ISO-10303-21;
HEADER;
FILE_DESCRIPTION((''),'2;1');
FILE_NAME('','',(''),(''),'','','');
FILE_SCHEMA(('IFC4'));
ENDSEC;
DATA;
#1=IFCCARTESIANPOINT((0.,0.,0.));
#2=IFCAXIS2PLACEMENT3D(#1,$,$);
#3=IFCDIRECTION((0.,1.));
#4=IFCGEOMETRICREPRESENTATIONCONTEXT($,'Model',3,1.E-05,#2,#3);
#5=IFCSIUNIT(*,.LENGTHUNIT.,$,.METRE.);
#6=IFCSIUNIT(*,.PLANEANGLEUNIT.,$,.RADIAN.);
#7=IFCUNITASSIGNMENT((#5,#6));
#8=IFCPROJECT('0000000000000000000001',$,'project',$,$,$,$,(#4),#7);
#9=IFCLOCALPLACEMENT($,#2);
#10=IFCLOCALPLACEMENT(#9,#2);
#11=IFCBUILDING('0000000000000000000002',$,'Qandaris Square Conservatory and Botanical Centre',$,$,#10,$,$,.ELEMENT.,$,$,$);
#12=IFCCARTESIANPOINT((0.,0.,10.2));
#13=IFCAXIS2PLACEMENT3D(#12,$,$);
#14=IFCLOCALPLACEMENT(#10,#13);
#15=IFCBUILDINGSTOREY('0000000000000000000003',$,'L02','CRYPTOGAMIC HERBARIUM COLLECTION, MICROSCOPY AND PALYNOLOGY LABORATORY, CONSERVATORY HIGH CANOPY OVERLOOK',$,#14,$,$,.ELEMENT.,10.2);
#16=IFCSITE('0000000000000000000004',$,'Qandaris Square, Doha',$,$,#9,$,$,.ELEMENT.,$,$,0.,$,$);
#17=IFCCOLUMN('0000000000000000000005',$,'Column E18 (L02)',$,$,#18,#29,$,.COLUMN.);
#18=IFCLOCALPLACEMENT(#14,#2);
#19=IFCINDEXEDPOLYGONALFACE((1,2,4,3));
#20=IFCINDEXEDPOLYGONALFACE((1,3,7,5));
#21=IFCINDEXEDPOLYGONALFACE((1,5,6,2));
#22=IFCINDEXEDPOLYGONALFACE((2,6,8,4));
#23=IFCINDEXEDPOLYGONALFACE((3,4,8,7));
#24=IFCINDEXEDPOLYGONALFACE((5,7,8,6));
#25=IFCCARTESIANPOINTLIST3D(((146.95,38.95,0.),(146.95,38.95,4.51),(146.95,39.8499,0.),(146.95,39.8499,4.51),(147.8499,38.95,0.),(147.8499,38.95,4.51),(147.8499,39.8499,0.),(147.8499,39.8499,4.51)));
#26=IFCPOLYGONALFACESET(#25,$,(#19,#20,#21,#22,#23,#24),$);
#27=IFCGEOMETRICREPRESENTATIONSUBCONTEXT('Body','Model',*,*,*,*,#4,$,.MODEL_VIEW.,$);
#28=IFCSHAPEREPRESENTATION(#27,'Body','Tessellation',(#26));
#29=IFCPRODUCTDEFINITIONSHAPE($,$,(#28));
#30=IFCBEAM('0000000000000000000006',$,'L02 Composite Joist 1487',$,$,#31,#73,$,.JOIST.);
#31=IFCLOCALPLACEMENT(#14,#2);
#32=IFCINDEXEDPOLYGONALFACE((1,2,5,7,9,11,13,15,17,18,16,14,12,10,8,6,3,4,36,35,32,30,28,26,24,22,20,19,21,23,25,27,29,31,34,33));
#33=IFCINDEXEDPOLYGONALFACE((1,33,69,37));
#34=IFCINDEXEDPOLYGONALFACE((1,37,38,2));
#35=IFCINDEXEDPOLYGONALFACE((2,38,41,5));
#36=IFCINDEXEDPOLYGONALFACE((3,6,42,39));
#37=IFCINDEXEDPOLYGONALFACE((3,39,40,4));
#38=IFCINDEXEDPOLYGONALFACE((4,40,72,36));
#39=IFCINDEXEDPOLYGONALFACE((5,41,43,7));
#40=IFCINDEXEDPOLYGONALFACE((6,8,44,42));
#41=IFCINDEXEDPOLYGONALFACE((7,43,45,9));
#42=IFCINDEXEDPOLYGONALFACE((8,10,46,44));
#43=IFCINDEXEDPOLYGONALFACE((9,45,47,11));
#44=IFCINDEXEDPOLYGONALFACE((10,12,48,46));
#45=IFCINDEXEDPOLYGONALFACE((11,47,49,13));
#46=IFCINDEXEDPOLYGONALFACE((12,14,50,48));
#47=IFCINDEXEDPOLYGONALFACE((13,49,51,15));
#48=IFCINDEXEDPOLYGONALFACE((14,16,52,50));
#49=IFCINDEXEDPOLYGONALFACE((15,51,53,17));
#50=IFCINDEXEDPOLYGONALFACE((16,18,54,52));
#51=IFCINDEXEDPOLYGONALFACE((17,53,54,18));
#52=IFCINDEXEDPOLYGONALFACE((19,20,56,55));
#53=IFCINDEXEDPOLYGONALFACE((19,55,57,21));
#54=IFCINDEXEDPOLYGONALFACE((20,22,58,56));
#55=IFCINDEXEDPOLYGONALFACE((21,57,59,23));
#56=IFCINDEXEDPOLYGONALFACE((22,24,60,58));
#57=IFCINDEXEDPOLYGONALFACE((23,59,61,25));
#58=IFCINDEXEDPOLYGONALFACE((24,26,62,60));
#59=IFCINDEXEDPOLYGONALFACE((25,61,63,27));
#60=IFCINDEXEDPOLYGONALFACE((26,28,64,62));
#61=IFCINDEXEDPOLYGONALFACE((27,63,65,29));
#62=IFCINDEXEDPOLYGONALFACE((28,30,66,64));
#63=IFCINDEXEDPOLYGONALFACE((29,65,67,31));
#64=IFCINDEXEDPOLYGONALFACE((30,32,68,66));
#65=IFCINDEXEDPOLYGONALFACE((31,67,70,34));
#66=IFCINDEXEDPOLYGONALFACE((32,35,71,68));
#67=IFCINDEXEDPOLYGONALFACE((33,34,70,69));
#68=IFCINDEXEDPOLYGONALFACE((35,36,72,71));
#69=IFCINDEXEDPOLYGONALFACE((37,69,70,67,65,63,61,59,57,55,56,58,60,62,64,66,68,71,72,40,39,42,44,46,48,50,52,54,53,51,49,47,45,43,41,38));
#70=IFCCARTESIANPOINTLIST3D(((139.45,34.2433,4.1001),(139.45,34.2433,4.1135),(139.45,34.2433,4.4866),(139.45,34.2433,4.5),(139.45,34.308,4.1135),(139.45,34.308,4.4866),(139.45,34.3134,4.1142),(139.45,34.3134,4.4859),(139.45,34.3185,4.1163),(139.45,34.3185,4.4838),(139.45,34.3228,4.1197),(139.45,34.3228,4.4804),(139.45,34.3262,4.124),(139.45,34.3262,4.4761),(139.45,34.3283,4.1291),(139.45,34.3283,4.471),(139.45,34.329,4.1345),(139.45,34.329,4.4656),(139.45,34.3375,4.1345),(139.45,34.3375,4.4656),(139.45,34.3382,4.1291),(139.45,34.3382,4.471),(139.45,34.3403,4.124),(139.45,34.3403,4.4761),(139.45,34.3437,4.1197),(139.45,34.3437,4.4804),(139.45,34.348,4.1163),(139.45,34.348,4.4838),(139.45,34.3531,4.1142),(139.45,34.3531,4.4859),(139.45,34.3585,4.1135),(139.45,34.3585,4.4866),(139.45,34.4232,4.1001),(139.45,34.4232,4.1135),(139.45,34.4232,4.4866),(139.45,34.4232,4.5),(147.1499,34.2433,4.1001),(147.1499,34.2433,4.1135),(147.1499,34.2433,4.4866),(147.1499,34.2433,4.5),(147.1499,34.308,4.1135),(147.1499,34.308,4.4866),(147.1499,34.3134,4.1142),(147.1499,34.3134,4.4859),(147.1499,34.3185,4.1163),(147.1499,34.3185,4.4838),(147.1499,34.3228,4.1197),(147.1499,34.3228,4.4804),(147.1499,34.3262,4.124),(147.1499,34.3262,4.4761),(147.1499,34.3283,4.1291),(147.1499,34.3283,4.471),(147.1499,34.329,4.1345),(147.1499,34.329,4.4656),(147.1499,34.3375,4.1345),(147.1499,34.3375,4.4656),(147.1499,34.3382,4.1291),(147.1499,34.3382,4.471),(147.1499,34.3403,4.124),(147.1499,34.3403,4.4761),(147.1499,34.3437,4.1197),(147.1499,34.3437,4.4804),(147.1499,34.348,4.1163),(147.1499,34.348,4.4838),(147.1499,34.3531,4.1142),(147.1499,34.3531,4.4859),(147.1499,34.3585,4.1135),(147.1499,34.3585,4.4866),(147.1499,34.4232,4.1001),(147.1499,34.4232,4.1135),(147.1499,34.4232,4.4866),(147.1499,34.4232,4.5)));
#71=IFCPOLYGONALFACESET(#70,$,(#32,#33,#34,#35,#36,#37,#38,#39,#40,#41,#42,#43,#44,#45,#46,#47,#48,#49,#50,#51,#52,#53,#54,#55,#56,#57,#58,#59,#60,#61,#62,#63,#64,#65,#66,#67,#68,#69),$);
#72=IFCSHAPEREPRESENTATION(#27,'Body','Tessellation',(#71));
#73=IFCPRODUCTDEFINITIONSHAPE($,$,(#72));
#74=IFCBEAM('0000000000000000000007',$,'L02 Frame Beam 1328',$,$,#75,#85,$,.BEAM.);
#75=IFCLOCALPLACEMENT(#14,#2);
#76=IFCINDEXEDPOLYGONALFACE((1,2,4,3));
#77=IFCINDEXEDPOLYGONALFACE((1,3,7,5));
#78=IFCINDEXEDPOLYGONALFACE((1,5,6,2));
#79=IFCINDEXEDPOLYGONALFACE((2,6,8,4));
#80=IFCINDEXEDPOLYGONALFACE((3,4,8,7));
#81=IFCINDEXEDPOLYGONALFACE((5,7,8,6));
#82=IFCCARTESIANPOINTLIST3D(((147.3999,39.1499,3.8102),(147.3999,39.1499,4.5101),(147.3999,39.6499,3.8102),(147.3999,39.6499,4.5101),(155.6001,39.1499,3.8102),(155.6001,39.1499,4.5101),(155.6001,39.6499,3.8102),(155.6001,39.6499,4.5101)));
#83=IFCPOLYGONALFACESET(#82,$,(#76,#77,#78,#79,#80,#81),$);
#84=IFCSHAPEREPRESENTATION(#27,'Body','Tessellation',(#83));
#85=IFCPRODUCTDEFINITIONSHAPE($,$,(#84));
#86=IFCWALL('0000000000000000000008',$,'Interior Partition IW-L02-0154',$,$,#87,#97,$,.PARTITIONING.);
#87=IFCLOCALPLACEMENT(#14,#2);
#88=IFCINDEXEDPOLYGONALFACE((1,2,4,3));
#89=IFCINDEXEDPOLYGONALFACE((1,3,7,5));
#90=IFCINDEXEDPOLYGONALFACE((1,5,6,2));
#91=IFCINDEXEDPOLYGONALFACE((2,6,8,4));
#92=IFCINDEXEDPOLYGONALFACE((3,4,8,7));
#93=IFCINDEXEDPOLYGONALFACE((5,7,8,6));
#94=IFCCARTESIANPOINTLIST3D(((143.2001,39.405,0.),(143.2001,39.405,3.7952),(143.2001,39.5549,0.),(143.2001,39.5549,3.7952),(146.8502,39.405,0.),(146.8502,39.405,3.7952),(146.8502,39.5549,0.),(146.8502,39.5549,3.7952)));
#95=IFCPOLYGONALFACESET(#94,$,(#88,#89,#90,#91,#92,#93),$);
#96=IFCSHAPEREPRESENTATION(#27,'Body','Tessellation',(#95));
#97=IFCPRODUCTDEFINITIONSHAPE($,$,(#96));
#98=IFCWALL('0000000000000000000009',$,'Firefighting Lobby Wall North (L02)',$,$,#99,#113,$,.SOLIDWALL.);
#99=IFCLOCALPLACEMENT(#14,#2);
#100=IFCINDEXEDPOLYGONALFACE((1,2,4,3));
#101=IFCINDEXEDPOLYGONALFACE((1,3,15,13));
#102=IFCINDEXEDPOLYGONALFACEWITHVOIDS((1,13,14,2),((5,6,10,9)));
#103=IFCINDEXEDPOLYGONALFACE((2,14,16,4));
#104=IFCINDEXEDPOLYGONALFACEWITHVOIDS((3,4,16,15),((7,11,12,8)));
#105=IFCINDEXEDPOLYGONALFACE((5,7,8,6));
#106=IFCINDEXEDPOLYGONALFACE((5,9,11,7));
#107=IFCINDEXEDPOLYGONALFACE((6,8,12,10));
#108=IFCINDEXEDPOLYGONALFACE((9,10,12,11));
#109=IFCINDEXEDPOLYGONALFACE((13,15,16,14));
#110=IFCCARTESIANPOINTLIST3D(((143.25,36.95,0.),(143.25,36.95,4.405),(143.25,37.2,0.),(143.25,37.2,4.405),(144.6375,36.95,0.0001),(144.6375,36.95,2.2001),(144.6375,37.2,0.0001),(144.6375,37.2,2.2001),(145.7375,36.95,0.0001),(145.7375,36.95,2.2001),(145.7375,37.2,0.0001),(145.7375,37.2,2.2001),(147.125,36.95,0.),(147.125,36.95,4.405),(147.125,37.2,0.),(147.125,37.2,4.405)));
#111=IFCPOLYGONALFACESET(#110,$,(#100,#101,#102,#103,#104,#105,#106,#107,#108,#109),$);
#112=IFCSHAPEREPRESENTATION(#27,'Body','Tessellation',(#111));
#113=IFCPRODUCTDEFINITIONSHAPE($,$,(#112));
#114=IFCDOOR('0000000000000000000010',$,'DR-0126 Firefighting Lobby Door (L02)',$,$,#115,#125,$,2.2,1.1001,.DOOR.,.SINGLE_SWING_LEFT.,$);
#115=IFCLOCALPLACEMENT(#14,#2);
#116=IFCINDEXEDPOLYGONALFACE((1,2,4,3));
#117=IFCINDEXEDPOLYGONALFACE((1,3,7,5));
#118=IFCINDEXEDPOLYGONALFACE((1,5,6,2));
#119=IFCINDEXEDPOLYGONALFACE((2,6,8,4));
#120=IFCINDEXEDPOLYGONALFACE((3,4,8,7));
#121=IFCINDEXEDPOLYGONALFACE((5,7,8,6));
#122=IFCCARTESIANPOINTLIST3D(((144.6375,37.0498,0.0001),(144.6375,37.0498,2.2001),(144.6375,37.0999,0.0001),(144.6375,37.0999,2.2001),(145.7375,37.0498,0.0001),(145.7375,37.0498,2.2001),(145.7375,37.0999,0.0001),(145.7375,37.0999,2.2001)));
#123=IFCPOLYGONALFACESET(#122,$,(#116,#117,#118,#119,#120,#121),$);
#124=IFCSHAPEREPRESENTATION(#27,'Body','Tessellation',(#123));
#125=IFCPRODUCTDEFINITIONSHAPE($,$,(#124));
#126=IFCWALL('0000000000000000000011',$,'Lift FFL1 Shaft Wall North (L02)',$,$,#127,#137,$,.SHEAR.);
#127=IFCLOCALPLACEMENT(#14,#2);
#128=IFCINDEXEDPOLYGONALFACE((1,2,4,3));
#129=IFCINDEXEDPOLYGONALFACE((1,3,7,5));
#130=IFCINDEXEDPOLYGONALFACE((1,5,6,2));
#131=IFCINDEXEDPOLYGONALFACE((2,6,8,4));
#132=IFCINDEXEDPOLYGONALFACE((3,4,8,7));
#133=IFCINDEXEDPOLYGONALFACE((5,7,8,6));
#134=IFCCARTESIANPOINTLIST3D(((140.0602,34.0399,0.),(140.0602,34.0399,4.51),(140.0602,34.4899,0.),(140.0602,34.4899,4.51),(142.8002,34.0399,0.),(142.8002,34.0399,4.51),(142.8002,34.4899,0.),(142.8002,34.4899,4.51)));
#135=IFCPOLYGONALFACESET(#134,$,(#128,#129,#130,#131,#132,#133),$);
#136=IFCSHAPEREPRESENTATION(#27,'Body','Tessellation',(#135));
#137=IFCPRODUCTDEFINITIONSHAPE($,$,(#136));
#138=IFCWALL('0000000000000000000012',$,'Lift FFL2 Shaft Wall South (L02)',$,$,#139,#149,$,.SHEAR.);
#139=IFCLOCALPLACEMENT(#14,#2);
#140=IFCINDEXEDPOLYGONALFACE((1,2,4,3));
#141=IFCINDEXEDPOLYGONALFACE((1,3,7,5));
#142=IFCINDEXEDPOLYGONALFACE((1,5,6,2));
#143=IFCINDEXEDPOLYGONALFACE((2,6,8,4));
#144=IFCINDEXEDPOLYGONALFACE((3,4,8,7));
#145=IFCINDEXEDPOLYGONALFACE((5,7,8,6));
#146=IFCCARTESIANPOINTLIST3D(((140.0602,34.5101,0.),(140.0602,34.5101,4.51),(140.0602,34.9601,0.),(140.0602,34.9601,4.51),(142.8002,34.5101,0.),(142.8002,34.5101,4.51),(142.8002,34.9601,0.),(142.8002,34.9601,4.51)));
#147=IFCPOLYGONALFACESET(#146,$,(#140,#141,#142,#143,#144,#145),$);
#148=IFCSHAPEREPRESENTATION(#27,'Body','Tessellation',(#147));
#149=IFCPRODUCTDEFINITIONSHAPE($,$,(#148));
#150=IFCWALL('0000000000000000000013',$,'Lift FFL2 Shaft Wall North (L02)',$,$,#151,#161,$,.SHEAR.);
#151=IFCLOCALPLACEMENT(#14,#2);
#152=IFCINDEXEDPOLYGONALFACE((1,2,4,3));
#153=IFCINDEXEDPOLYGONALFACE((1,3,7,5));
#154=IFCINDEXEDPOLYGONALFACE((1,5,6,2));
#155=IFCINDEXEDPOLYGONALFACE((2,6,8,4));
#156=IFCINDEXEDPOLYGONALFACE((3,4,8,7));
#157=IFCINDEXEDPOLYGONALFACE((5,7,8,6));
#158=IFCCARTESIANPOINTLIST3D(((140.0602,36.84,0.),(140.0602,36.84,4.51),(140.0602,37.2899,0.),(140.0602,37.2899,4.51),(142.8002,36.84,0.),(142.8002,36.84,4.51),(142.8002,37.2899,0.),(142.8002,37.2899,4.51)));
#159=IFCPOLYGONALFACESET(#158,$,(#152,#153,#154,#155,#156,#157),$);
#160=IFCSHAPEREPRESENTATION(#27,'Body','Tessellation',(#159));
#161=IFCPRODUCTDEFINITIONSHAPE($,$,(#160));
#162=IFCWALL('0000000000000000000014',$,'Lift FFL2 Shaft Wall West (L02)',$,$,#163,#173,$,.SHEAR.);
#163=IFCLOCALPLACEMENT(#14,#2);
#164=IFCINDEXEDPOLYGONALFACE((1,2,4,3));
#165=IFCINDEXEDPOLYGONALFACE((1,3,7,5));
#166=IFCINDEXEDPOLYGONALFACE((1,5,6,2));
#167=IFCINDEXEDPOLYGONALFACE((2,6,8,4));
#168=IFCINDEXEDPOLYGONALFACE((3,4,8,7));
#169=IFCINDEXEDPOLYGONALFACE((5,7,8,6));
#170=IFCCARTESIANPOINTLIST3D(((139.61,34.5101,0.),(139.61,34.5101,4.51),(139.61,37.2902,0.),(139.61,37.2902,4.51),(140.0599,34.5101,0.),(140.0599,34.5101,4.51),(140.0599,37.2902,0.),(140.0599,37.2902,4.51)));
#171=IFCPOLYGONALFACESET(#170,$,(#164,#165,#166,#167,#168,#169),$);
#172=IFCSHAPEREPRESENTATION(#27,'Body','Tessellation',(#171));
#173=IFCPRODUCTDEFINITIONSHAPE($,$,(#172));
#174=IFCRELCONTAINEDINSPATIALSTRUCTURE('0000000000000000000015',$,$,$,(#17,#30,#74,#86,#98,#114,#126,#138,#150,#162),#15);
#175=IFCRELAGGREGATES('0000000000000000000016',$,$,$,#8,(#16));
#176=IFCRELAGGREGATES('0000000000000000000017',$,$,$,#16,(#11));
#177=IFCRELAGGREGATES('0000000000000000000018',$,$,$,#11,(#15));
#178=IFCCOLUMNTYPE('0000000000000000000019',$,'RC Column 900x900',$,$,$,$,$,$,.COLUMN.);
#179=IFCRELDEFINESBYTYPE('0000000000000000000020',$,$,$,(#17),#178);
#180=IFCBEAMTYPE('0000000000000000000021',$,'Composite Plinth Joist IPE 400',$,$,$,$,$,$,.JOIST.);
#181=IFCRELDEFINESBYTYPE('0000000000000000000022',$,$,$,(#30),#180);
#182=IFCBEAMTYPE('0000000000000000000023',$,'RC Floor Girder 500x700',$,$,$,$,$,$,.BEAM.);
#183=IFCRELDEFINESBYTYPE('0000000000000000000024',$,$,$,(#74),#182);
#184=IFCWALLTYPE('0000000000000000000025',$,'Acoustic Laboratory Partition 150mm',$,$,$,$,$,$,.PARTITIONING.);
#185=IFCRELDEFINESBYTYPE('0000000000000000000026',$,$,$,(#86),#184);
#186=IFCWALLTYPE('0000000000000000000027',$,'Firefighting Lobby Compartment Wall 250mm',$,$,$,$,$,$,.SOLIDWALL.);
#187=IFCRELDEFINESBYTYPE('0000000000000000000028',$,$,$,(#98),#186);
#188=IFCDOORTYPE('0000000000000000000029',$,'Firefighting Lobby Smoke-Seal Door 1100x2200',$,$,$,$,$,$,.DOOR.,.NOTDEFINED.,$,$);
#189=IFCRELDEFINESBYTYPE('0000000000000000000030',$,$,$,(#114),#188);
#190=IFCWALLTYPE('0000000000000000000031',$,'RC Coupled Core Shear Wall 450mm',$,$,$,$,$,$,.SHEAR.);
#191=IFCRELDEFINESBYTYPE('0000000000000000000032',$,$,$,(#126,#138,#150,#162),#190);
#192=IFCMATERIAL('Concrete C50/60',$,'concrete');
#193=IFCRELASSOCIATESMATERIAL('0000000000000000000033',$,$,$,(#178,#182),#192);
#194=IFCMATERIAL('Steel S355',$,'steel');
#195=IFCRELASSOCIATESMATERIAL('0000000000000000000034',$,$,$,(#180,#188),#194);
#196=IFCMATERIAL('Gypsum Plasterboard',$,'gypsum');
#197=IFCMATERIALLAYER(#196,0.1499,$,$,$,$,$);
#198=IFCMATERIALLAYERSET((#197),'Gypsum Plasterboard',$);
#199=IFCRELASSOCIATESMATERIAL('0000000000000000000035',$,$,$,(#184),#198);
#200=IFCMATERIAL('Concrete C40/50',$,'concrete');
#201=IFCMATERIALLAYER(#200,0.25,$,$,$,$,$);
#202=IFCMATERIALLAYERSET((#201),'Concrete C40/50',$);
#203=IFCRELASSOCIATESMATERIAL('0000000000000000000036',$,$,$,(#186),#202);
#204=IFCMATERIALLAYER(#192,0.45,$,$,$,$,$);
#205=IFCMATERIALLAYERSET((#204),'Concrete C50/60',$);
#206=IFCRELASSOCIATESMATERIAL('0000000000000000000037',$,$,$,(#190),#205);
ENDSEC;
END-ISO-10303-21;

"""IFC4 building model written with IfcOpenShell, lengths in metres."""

from ifc_helpers import new_model, si_unit, direction, frame, frame_2d, origin, origin_2d, place, context, subcontext, project, spatial, rectangle, i_section, extrude, material, layer, layer_set, material_profile, profile_set, type_object, element, fill, save


model = new_model("IFC4")

# Units and contexts
model_context = context("Model", 3, precision=1e-05, world=origin(), true_north=direction((0.0, 1.0)))
body_context = subcontext(model_context, "Body", "Model", "MODEL_VIEW")
ifc_project = project(units=[si_unit("LENGTHUNIT", "METRE"), si_unit("PLANEANGLEUNIT", "RADIAN")], contexts=[model_context])

# Site, building, storey
site_placement = place(None, origin())
site = spatial("IfcSite", under=ifc_project, at=site_placement, Name="Qandaris Square, Doha", CompositionType="ELEMENT", RefElevation=0.0)
building_placement = place(site_placement, origin())
building = spatial("IfcBuilding", under=site, at=building_placement, Name="Qandaris Square Conservatory and Botanical Centre", CompositionType="ELEMENT")
storey_placement = place(building_placement, frame((0.0, 0.0, 10.2)))
storey = spatial("IfcBuildingStorey", under=building, at=storey_placement, Name="L02", Description="CRYPTOGAMIC HERBARIUM COLLECTION, MICROSCOPY AND PALYNOLOGY LABORATORY, CONSERVATORY HIGH CANOPY OVERLOOK", CompositionType="ELEMENT", Elevation=10.2)

# Column
ifc_material_1 = material(Name="Concrete C50/60", Category="concrete")
ifc_material_profile_1 = material_profile(ifc_material_1, rectangle(XDim=0.8999, YDim=0.8999, at=origin_2d()), Name="RC-COL 900x900")
ifc_profile_set_1 = profile_set([ifc_material_profile_1], Name="Concrete C50/60")
column_type = type_object("IfcColumnType", Name="RC Column 900x900", PredefinedType="COLUMN", material=ifc_profile_set_1)
column_placement = place(storey_placement, frame((147.3999, 39.3999, 0.0), z_axis=(0.0, 0.0, 1.0), x_axis=(1.0, 0.0, 0.0)))
element("IfcColumn", 1, at=column_placement, inside=storey, type_object=column_type, Name="Column E18 (L02)", PredefinedType="COLUMN", context=body_context, shape_type="SweptSolid", body=[
    extrude(rectangle(XDim=0.8999, YDim=0.8999, at=origin_2d()), origin(), (0.0, 0.0, 1.0), 4.51),
])

# Beams
ifc_material_2 = material(Name="Steel S355", Category="steel")
ifc_material_profile_2 = material_profile(ifc_material_2, i_section(OverallWidth=0.1799, OverallDepth=0.3999, WebThickness=0.0085, FlangeThickness=0.0134, FilletRadius=0.021, at=origin_2d()), Name="IPE 400")
ifc_profile_set_2 = profile_set([ifc_material_profile_2], Name="Steel S355")
beam_type_1 = type_object("IfcBeamType", Name="Composite Plinth Joist IPE 400", PredefinedType="JOIST", material=ifc_profile_set_2)
beam_1_placement = place(storey_placement, frame((139.45, 34.3333, 4.3), z_axis=(1.0, 0.0, 0.0), x_axis=(0.0, 1.0, 0.0)))
element("IfcBeam", 2, at=beam_1_placement, inside=storey, type_object=beam_type_1, Name="L02 Composite Joist 1487", PredefinedType="JOIST", context=body_context, shape_type="SweptSolid", body=[
    extrude(i_section(OverallWidth=0.1799, OverallDepth=0.3999, WebThickness=0.0085, FlangeThickness=0.0134, FilletRadius=0.021, at=origin_2d()), origin(), (0.0, 0.0, 1.0), 7.7),
])
ifc_material_profile_3 = material_profile(ifc_material_1, rectangle(XDim=0.5, YDim=0.7, at=origin_2d()), Name="RC-BM 500x700")
ifc_profile_set_3 = profile_set([ifc_material_profile_3], Name="Concrete C50/60")
beam_type_2 = type_object("IfcBeamType", Name="RC Floor Girder 500x700", PredefinedType="BEAM", material=ifc_profile_set_3)
beam_2_placement = place(storey_placement, frame((147.3999, 39.3999, 4.1602), z_axis=(1.0, 0.0, 0.0), x_axis=(0.0, 1.0, 0.0)))
element("IfcBeam", 3, at=beam_2_placement, inside=storey, type_object=beam_type_2, Name="L02 Frame Beam 1328", PredefinedType="BEAM", context=body_context, shape_type="SweptSolid", body=[
    extrude(rectangle(XDim=0.5, YDim=0.7, at=origin_2d()), origin(), (0.0, 0.0, 1.0), 8.2002),
])

# Wall
ifc_material_3 = material(Name="Gypsum Plasterboard", Category="gypsum")
ifc_layer_1 = layer(ifc_material_3, 0.1499)
ifc_layer_set_1 = layer_set([ifc_layer_1], Name="Gypsum Plasterboard")
wall_type_1 = type_object("IfcWallType", Name="Acoustic Laboratory Partition 150mm", PredefinedType="PARTITIONING", material=ifc_layer_set_1)
wall_1_placement = place(storey_placement, frame((143.2, 39.48, 0.0), z_axis=(0.0, 0.0, 1.0), x_axis=(1.0, 0.0, 0.0)))
element("IfcWall", 4, at=wall_1_placement, inside=storey, type_object=wall_type_1, Name="Interior Partition IW-L02-0154", PredefinedType="PARTITIONING", context=body_context, shape_type="SweptSolid", body=[
    extrude(rectangle(XDim=3.6501, YDim=0.1499, at=frame_2d((1.8252, 0.0))), origin(), (0.0, 0.0, 1.0), 3.7952),
])

# Wall, opening, door
ifc_material_4 = material(Name="Concrete C40/50", Category="concrete")
ifc_layer_2 = layer(ifc_material_4, 0.25)
ifc_layer_set_2 = layer_set([ifc_layer_2], Name="Concrete C40/50")
wall_type_2 = type_object("IfcWallType", Name="Firefighting Lobby Compartment Wall 250mm", PredefinedType="SOLIDWALL", material=ifc_layer_set_2)
wall_2_placement = place(storey_placement, frame((143.25, 37.075, 0.0), z_axis=(0.0, 0.0, 1.0), x_axis=(1.0, 0.0, 0.0)))
wall_2 = element("IfcWall", 5, at=wall_2_placement, inside=storey, type_object=wall_type_2, Name="Firefighting Lobby Wall North (L02)", PredefinedType="SOLIDWALL", context=body_context, shape_type="SweptSolid", body=[
    extrude(rectangle(XDim=3.875, YDim=0.25, at=frame_2d((1.9375, 0.0))), origin(), (0.0, 0.0, 1.0), 4.405),
])
opening_1_placement = place(wall_2_placement, frame((1.3875, 0.0, 0.0)))
opening_1 = element("IfcOpeningElement", 6, at=opening_1_placement, cuts=wall_2, PredefinedType="OPENING", context=body_context, shape_type="SweptSolid", body=[
    extrude(rectangle(XDim=1.1001, YDim=2.2, at=frame_2d((0.55, 1.1001))), frame((0.0, 0.137, 0.0), z_axis=(0.0, -1.0, 0.0), x_axis=(1.0, 0.0, 0.0)), (0.0, 0.0, 1.0), 0.2739),
])
door_type_1 = type_object("IfcDoorType", Name="Firefighting Lobby Smoke-Seal Door 1100x2200", OperationType="NOTDEFINED", PredefinedType="DOOR", material=ifc_material_2)
door_1_placement = place(opening_1_placement, origin())
door_1 = element("IfcDoor", 7, at=door_1_placement, inside=storey, type_object=door_type_1, Name="DR-0126 Firefighting Lobby Door (L02)", OperationType="SINGLE_SWING_LEFT", OverallHeight=2.2, OverallWidth=1.1001, PredefinedType="DOOR", context=body_context, shape_type="SweptSolid", body=[
    extrude(rectangle(XDim=1.1001, YDim=2.2, at=frame_2d((0.55, 1.1001))), frame((0.0, 0.0249, 0.0), z_axis=(0.0, -1.0, 0.0), x_axis=(1.0, 0.0, 0.0)), (0.0, 0.0, 1.0), 0.05),
])
fill(opening_1, door_1)

# Walls
ifc_layer_3 = layer(ifc_material_1, 0.45)
ifc_layer_set_3 = layer_set([ifc_layer_3], Name="Concrete C50/60")
wall_type_3 = type_object("IfcWallType", Name="RC Coupled Core Shear Wall 450mm", PredefinedType="SHEAR", material=ifc_layer_set_3)
for number, where, z_axis, x_axis, name in (
    (8, (140.0601, 34.2649, 0.0), (0.0, 0.0, 1.0), (1.0, 0.0, 0.0), "Lift FFL1 Shaft Wall North (L02)"),
    (9, (140.0601, 34.7351, 0.0), (0.0, 0.0, 1.0), (1.0, 0.0, 0.0), "Lift FFL2 Shaft Wall South (L02)"),
    (10, (140.0601, 37.0649, 0.0), (0.0, 0.0, 1.0), (1.0, 0.0, 0.0), "Lift FFL2 Shaft Wall North (L02)"),
):
    element("IfcWall", number, at=place(storey_placement, frame(where, z_axis=z_axis, x_axis=x_axis)), inside=storey, type_object=wall_type_3, Name=name, PredefinedType="SHEAR", context=body_context, shape_type="SweptSolid", body=[
        extrude(rectangle(XDim=2.74, YDim=0.45, at=frame_2d((1.3701, 0.0))), origin(), (0.0, 0.0, 1.0), 4.51),
    ])
wall_3_placement = place(storey_placement, frame((139.835, 34.51, 0.0), z_axis=(0.0, 0.0, 1.0), x_axis=(0.0, 1.0, 0.0)))
element("IfcWall", 11, at=wall_3_placement, inside=storey, type_object=wall_type_3, Name="Lift FFL2 Shaft Wall West (L02)", PredefinedType="SHEAR", context=body_context, shape_type="SweptSolid", body=[
    extrude(rectangle(XDim=2.78, YDim=0.45, at=frame_2d((1.3901, 0.0))), origin(), (0.0, 0.0, 1.0), 4.51),
])

save(model, "model.ifc")
